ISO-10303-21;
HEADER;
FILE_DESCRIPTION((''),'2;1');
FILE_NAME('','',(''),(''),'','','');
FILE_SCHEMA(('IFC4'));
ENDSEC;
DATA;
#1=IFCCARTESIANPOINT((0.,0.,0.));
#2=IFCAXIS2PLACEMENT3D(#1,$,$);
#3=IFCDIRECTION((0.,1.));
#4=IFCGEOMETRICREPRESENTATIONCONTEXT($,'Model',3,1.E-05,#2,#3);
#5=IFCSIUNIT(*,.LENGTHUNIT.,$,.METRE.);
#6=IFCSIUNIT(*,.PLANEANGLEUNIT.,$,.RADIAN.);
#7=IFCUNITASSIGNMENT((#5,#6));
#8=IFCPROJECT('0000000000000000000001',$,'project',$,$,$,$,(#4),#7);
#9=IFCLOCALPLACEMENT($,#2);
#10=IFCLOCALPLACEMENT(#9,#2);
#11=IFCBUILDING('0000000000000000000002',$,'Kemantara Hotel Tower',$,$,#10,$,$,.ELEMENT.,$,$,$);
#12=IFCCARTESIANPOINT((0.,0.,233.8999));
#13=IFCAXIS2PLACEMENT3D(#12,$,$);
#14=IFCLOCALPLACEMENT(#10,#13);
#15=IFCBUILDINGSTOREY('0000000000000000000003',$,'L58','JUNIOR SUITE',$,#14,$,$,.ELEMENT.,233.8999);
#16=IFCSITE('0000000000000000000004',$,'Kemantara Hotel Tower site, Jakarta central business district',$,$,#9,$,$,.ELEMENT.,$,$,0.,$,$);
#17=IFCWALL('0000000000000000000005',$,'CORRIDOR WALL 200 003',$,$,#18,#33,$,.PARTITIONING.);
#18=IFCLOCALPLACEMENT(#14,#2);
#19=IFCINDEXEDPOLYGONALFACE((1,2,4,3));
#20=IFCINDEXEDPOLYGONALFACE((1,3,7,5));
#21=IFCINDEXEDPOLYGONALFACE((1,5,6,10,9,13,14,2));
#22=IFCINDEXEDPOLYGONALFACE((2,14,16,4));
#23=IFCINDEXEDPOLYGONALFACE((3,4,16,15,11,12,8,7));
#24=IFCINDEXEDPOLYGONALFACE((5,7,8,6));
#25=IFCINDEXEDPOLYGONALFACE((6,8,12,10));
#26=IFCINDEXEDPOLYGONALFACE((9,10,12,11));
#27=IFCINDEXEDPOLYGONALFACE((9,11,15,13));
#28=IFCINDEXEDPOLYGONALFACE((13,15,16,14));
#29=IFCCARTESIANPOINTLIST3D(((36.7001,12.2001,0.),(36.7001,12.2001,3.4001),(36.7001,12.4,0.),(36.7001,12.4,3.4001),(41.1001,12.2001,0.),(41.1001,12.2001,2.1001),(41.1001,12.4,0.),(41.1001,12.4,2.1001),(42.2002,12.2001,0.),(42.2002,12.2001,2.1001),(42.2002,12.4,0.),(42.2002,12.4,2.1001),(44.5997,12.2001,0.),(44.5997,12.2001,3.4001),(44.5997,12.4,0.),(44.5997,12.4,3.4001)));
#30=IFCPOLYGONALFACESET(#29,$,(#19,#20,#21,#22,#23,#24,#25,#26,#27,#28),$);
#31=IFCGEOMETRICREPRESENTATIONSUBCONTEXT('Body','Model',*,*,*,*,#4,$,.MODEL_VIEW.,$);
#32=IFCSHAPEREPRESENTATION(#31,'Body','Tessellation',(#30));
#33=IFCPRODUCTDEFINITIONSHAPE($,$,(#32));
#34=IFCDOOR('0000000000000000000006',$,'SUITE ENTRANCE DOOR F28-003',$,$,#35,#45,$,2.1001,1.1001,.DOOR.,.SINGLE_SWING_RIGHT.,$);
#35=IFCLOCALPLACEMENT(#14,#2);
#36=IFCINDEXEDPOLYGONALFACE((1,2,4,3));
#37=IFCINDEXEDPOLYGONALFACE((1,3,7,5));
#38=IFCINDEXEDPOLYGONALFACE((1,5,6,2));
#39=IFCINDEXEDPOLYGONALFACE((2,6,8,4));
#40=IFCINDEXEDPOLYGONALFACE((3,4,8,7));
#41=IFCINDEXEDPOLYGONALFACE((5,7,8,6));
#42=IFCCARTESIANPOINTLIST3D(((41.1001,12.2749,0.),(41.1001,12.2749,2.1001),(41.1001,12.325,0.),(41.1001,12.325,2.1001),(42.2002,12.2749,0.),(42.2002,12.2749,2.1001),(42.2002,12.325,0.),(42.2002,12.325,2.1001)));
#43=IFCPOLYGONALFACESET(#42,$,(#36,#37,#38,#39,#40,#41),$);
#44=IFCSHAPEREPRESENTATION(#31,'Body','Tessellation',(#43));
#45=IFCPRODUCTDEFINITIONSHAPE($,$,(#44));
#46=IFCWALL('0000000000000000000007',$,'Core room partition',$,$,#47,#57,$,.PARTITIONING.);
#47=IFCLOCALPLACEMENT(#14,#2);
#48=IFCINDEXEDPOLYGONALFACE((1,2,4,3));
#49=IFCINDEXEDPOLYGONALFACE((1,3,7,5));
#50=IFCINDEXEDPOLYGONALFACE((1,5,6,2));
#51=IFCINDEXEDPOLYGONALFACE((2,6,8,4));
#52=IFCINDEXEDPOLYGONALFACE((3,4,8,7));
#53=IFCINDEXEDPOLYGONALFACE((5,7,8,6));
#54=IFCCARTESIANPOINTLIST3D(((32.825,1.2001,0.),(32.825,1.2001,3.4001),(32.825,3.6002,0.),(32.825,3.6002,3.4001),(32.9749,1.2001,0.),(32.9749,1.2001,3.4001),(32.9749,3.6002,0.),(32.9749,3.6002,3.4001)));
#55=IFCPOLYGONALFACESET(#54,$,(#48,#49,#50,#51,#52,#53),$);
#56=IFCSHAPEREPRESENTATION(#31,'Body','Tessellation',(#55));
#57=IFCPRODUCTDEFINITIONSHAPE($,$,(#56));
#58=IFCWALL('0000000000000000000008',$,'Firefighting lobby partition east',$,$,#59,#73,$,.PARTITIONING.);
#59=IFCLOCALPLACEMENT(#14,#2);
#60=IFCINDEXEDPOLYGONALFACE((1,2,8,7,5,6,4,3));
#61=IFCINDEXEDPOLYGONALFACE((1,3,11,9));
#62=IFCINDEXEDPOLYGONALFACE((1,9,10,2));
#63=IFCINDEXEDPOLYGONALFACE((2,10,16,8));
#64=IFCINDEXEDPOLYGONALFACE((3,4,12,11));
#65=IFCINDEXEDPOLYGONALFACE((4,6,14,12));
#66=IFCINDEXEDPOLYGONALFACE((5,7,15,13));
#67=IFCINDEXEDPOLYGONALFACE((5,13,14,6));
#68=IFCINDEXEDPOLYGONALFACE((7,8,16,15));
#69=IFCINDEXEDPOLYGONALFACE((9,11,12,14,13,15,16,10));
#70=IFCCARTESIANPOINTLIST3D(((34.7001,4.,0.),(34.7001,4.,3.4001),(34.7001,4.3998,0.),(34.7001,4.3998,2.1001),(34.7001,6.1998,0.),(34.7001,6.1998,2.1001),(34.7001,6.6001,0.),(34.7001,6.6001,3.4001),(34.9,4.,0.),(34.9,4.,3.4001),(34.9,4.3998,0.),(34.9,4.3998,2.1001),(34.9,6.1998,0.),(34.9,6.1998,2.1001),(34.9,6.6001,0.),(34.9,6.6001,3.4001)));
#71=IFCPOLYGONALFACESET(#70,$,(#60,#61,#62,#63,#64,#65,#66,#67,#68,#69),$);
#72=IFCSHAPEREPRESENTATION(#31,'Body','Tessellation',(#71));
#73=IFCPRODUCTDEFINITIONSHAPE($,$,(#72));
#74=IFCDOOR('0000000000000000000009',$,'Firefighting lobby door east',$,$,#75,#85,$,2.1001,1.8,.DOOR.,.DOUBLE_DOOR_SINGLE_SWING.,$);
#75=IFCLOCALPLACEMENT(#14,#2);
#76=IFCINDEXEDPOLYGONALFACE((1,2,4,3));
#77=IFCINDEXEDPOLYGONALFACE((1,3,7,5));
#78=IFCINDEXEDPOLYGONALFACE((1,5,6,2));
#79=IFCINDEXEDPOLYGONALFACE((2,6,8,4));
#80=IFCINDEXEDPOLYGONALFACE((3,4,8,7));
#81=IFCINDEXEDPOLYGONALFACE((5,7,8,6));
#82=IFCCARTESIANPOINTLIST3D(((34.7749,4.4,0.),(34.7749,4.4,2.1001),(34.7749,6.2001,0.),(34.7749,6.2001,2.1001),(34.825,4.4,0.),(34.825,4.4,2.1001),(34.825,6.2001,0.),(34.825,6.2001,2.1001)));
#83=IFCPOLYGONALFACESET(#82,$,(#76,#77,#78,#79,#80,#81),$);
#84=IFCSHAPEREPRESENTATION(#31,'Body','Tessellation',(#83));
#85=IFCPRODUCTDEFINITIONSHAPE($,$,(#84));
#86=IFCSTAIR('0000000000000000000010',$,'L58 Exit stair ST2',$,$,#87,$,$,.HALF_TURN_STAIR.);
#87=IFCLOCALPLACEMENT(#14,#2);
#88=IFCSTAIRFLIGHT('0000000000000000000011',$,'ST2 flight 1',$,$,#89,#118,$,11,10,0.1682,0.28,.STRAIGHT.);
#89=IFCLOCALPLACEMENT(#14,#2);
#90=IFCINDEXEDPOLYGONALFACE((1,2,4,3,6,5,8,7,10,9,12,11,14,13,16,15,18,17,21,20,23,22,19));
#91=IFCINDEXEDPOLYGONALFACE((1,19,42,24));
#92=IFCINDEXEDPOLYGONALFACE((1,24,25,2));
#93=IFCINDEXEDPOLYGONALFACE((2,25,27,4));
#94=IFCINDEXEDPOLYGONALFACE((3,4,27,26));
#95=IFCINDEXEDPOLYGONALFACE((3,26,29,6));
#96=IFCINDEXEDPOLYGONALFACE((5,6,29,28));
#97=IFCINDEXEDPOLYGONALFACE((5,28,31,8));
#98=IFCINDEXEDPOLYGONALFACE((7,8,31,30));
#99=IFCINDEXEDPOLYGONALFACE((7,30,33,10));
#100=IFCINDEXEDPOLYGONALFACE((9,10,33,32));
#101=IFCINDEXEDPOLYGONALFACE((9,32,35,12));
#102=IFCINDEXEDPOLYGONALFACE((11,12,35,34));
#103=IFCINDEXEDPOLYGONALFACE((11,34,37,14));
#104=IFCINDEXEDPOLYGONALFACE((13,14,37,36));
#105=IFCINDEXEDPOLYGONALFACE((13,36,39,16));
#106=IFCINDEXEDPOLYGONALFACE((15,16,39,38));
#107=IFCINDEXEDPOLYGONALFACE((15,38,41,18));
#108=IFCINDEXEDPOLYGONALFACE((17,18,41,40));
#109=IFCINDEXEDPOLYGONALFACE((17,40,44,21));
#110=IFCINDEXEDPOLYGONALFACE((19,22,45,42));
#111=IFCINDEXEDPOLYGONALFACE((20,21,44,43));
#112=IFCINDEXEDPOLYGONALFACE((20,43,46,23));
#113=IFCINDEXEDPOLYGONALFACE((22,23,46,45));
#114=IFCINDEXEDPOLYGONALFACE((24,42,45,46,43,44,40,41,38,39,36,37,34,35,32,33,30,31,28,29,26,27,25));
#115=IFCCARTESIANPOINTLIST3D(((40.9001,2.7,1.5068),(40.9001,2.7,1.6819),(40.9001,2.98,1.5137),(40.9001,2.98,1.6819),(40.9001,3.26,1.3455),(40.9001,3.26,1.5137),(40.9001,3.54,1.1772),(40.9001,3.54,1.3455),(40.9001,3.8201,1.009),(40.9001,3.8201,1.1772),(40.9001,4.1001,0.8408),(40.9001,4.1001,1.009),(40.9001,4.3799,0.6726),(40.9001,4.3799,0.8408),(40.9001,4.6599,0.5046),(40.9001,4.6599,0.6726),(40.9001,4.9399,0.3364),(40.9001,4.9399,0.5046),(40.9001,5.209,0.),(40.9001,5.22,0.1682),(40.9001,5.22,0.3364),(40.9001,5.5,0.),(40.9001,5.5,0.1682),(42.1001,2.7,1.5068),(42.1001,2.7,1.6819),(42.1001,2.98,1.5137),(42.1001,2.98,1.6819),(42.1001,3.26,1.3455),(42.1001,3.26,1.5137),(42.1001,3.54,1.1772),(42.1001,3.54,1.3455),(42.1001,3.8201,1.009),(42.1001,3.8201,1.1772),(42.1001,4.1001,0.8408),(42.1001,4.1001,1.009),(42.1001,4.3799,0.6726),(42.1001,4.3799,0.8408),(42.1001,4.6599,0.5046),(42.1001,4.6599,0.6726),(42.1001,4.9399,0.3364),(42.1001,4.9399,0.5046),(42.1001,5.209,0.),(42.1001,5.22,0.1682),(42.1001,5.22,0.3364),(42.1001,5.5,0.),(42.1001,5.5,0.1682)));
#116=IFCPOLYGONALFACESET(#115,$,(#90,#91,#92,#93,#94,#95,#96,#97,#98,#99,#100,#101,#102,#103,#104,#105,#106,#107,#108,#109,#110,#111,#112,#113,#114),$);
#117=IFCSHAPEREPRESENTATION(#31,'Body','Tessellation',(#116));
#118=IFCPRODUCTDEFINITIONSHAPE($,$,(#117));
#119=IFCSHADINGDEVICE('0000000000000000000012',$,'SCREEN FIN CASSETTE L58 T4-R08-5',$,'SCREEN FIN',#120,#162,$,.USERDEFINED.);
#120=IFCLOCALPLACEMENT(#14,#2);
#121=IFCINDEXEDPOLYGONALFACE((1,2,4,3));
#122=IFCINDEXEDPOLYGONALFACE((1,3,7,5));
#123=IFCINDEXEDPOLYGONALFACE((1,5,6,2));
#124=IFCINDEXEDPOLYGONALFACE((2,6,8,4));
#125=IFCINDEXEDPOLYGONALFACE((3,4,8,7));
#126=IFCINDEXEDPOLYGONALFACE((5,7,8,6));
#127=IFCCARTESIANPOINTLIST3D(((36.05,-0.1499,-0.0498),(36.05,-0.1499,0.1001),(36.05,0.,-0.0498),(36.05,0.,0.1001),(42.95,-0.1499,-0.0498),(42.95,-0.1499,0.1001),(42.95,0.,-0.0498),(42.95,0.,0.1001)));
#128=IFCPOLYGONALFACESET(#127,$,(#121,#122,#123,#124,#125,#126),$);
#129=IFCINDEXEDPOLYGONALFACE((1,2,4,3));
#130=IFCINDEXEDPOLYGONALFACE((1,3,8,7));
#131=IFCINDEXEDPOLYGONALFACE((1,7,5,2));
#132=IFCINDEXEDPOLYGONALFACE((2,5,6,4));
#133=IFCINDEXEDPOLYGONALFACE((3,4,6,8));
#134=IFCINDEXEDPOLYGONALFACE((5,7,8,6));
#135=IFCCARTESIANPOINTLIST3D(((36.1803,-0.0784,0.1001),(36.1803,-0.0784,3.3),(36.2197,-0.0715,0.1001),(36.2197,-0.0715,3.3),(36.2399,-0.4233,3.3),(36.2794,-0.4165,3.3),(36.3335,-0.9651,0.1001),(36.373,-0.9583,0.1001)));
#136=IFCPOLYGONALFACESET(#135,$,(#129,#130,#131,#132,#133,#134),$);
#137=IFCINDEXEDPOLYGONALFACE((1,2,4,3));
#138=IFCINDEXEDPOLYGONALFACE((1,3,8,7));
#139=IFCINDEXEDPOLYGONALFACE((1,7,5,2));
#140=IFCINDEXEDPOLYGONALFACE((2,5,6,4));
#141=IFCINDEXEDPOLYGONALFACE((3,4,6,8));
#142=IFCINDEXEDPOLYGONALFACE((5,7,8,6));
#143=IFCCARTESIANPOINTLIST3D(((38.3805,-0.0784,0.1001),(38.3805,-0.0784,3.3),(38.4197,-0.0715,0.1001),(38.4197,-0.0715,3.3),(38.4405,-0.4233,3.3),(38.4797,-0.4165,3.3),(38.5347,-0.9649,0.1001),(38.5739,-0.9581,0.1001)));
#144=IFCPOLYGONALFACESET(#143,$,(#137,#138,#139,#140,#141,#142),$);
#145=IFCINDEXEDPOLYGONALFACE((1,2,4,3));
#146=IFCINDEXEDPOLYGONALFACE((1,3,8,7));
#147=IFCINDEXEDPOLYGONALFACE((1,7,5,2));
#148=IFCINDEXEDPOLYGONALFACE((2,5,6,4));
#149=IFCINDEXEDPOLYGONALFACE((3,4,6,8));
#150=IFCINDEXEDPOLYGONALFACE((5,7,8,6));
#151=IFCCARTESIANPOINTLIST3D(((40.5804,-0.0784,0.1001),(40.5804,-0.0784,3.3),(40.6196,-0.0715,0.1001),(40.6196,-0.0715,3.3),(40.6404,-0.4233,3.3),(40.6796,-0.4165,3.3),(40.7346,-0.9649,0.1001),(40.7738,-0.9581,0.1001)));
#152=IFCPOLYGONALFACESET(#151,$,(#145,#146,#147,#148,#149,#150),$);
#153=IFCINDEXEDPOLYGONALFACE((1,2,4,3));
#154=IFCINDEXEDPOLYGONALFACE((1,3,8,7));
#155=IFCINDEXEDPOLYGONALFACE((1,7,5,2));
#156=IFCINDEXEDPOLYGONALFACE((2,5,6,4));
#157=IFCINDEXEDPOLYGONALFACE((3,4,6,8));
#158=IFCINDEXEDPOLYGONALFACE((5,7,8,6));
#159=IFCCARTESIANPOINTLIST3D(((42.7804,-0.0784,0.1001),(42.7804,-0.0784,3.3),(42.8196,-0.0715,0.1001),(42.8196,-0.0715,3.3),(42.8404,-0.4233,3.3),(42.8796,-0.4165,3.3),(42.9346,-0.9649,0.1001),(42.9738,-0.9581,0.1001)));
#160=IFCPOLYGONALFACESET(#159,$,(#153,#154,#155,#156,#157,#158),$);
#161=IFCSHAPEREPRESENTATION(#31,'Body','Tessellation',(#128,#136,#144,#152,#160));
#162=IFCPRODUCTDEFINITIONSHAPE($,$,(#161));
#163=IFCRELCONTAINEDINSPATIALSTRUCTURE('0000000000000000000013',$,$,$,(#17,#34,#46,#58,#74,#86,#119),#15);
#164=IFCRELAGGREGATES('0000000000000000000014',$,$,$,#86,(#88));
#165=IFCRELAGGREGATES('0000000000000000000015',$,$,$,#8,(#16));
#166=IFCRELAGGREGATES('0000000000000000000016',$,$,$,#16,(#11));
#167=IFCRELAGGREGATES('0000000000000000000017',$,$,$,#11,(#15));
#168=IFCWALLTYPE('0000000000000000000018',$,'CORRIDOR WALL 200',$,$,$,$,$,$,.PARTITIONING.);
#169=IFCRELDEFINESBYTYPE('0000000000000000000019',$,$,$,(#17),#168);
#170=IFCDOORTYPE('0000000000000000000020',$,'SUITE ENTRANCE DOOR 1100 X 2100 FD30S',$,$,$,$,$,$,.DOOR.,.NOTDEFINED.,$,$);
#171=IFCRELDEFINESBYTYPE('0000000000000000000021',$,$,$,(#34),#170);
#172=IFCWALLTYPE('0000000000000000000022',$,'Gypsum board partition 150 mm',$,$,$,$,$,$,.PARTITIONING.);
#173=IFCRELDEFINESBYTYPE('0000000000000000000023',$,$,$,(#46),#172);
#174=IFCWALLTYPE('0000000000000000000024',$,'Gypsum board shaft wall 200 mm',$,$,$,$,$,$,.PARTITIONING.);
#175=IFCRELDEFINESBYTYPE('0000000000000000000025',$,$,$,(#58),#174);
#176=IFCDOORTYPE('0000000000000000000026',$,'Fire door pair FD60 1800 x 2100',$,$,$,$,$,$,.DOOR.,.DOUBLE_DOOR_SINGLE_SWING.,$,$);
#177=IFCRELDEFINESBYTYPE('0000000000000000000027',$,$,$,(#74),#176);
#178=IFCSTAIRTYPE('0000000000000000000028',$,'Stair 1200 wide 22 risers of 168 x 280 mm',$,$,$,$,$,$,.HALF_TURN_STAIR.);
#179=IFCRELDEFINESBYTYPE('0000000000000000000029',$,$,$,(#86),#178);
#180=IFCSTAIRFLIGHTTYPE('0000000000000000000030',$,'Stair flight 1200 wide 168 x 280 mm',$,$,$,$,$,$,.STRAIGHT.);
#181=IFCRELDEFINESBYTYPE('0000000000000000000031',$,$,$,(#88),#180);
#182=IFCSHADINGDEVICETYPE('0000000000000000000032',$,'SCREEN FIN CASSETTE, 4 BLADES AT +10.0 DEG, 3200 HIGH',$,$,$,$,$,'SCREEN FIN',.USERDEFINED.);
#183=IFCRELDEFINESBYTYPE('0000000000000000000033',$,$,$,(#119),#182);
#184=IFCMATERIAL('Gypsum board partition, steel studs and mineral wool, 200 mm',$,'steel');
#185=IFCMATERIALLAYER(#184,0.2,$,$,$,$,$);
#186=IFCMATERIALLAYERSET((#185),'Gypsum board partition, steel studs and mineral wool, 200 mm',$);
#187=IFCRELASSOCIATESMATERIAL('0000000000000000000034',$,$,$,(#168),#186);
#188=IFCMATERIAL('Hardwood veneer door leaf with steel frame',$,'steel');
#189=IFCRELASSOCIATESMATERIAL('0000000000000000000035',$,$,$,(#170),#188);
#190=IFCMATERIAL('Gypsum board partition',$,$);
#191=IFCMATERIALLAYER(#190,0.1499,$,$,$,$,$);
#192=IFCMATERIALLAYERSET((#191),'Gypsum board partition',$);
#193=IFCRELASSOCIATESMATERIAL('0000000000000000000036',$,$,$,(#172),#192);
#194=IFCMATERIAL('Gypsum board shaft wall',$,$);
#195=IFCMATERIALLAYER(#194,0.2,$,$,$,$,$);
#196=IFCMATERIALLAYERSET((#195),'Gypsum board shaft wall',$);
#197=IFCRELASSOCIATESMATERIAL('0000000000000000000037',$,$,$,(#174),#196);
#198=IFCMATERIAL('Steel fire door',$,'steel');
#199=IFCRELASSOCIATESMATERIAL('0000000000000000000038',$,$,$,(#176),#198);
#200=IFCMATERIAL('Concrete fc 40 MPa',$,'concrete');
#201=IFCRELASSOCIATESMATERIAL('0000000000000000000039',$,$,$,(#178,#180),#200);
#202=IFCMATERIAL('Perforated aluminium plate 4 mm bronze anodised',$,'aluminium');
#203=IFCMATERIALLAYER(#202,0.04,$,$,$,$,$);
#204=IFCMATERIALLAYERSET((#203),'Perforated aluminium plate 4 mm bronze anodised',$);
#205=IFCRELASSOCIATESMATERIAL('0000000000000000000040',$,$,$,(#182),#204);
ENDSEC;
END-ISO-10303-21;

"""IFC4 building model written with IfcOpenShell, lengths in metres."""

from ifc_helpers import new_model, si_unit, direction, frame, frame_2d, origin, origin_2d, place, context, subcontext, project, spatial, polyline, rectangle, outline, extrude, source, transform, mapped, material, layer, layer_set, type_object, element, fill, aggregate, save


model = new_model("IFC4")

# Units and contexts
model_context = context("Model", 3, precision=1e-05, world=origin(), true_north=direction((0.0, 1.0)))
body_context = subcontext(model_context, "Body", "Model", "MODEL_VIEW")
ifc_project = project(units=[si_unit("LENGTHUNIT", "METRE"), si_unit("PLANEANGLEUNIT", "RADIAN")], contexts=[model_context])

# Site, building, storey
site_placement = place(None, origin())
site = spatial("IfcSite", under=ifc_project, at=site_placement, Name="Kemantara Hotel Tower site, Jakarta central business district", CompositionType="ELEMENT", RefElevation=0.0)
building_placement = place(site_placement, origin())
building = spatial("IfcBuilding", under=site, at=building_placement, Name="Kemantara Hotel Tower", CompositionType="ELEMENT")
storey_placement = place(building_placement, frame((0.0, 0.0, 233.8999)))
storey = spatial("IfcBuildingStorey", under=building, at=storey_placement, Name="L58", Description="JUNIOR SUITE", CompositionType="ELEMENT", Elevation=233.8999)

# Wall, opening, door
ifc_material_1 = material(Name="Steel fire door", Category="steel")
ifc_material_2 = material(Name="Gypsum board partition, steel studs and mineral wool, 200 mm", Category="steel")
ifc_layer_1 = layer(ifc_material_2, 0.2)
ifc_layer_set_1 = layer_set([ifc_layer_1], Name="Gypsum board partition, steel studs and mineral wool, 200 mm")
wall_type_1 = type_object("IfcWallType", Name="CORRIDOR WALL 200", PredefinedType="PARTITIONING", material=ifc_layer_set_1)
ifc_material_3 = material(Name="Hardwood veneer door leaf with steel frame", Category="steel")
wall_1_placement = place(storey_placement, frame((36.7002, 12.3, 0.0), z_axis=(0.0, 0.0, 1.0), x_axis=(1.0, 0.0, 0.0)))
wall_1 = element("IfcWall", 1, at=wall_1_placement, inside=storey, type_object=wall_type_1, Name="CORRIDOR WALL 200 003", PredefinedType="PARTITIONING", context=body_context, shape_type="SweptSolid", body=[
    extrude(rectangle(XDim=7.8997, YDim=0.2, at=frame_2d((3.9497, 0.0))), origin(), (0.0, 0.0, 1.0), 3.4001),
])
opening_1_placement = place(wall_1_placement, frame((4.3999, 0.0, 0.0)))
opening_1 = element("IfcOpeningElement", 2, at=opening_1_placement, cuts=wall_1, PredefinedType="OPENING", context=body_context, shape_type="SweptSolid", body=[
    extrude(rectangle(XDim=1.1001, YDim=2.1001, at=frame_2d((0.55, 1.05))), frame((0.0, 0.1099, 0.0), z_axis=(0.0, -1.0, 0.0), x_axis=(1.0, 0.0, 0.0)), (0.0, 0.0, 1.0), 0.22),
])
door_type_1 = type_object("IfcDoorType", Name="SUITE ENTRANCE DOOR 1100 X 2100 FD30S", OperationType="NOTDEFINED", PredefinedType="DOOR", material=ifc_material_3)
door_1_placement = place(opening_1_placement, origin())
door_1 = element("IfcDoor", 3, at=door_1_placement, inside=storey, type_object=door_type_1, Name="SUITE ENTRANCE DOOR F28-003", OperationType="SINGLE_SWING_RIGHT", OverallHeight=2.1001, OverallWidth=1.1001, PredefinedType="DOOR", context=body_context, shape_type="SweptSolid", body=[
    extrude(rectangle(XDim=1.1001, YDim=2.1001, at=frame_2d((0.55, 1.05))), frame((0.0, 0.0249, 0.0), z_axis=(0.0, -1.0, 0.0), x_axis=(1.0, 0.0, 0.0)), (0.0, 0.0, 1.0), 0.05),
])
fill(opening_1, door_1)

# Wall
ifc_material_4 = material(Name="Gypsum board partition")
ifc_layer_2 = layer(ifc_material_4, 0.1499)
ifc_layer_set_2 = layer_set([ifc_layer_2], Name="Gypsum board partition")
wall_type_2 = type_object("IfcWallType", Name="Gypsum board partition 150 mm", PredefinedType="PARTITIONING", material=ifc_layer_set_2)
wall_2_placement = place(storey_placement, frame((32.8999, 1.2, 0.0), z_axis=(0.0, 0.0, 1.0), x_axis=(0.0, 1.0, 0.0)))
element("IfcWall", 4, at=wall_2_placement, inside=storey, type_object=wall_type_2, Name="Core room partition", PredefinedType="PARTITIONING", context=body_context, shape_type="SweptSolid", body=[
    extrude(rectangle(XDim=2.4001, YDim=0.1499, at=frame_2d((1.2002, 0.0))), origin(), (0.0, 0.0, 1.0), 3.4001),
])

# Wall, opening, door
ifc_material_5 = material(Name="Gypsum board shaft wall")
ifc_layer_3 = layer(ifc_material_5, 0.2)
ifc_layer_set_3 = layer_set([ifc_layer_3], Name="Gypsum board shaft wall")
wall_type_3 = type_object("IfcWallType", Name="Gypsum board shaft wall 200 mm", PredefinedType="PARTITIONING", material=ifc_layer_set_3)
wall_3_placement = place(storey_placement, frame((34.8, 4.0, 0.0), z_axis=(0.0, 0.0, 1.0), x_axis=(0.0, 1.0, 0.0)))
wall_3 = element("IfcWall", 5, at=wall_3_placement, inside=storey, type_object=wall_type_3, Name="Firefighting lobby partition east", PredefinedType="PARTITIONING", context=body_context, shape_type="SweptSolid", body=[
    extrude(rectangle(XDim=2.6001, YDim=0.2, at=frame_2d((1.3, 0.0))), origin(), (0.0, 0.0, 1.0), 3.4001),
])
opening_2_placement = place(wall_3_placement, frame((0.3999, 0.0, 0.0)))
opening_2 = element("IfcOpeningElement", 6, at=opening_2_placement, cuts=wall_3, PredefinedType="OPENING", context=body_context, shape_type="SweptSolid", body=[
    extrude(rectangle(XDim=1.8, YDim=2.1001, at=frame_2d((0.8999, 1.05))), frame((0.0, 0.1099, 0.0), z_axis=(0.0, -1.0, 0.0), x_axis=(1.0, 0.0, 0.0)), (0.0, 0.0, 1.0), 0.22),
])
door_type_2 = type_object("IfcDoorType", Name="Fire door pair FD60 1800 x 2100", OperationType="DOUBLE_DOOR_SINGLE_SWING", PredefinedType="DOOR", material=ifc_material_1)
door_2_placement = place(opening_2_placement, frame((1.8, 0.0, 0.0), z_axis=(0.0, 0.0, 1.0), x_axis=(-1.0, 0.0, 0.0)))
door_2 = element("IfcDoor", 7, at=door_2_placement, inside=storey, type_object=door_type_2, Name="Firefighting lobby door east", OperationType="DOUBLE_DOOR_SINGLE_SWING", OverallHeight=2.1001, OverallWidth=1.8, PredefinedType="DOOR", context=body_context, shape_type="SweptSolid", body=[
    extrude(rectangle(XDim=1.8, YDim=2.1001, at=frame_2d((0.8999, 1.05))), frame((0.0, 0.0249, 0.0), z_axis=(0.0, -1.0, 0.0), x_axis=(1.0, 0.0, 0.0)), (0.0, 0.0, 1.0), 0.05),
])
fill(opening_2, door_2)

# Stair, stair flight
ifc_material_6 = material(Name="Concrete fc 40 MPa", Category="concrete")
stair_type = type_object("IfcStairType", Name="Stair 1200 wide 22 risers of 168 x 280 mm", PredefinedType="HALF_TURN_STAIR", material=ifc_material_6)
stair_placement = place(storey_placement, origin())
stair = element("IfcStair", 8, at=stair_placement, inside=storey, type_object=stair_type, Name="L58 Exit stair ST2", PredefinedType="HALF_TURN_STAIR")
stair_flight_type = type_object("IfcStairFlightType", Name="Stair flight 1200 wide 168 x 280 mm", PredefinedType="STRAIGHT", material=ifc_material_6)
stair_flight_placement = place(storey_placement, frame((41.5, 5.5, 0.0), z_axis=(0.0, 0.0, 1.0), x_axis=(0.0, -1.0, 0.0)))
stair_flight = element("IfcStairFlight", 9, at=stair_flight_placement, type_object=stair_flight_type, Name="ST2 flight 1", NumberOfRisers=11, NumberOfTreads=10, PredefinedType="STRAIGHT", RiserHeight=0.1682, TreadLength=0.28, context=body_context, shape_type="SweptSolid", body=[
    extrude(outline(polyline([(0.0, 0.0), (0.0, 0.1682), (0.28, 0.1682), (0.28, 0.3364), (0.5601, 0.3364), (0.5601, 0.5046), (0.8401, 0.5046), (0.8401, 0.6726), (1.1201, 0.6726), (1.1201, 0.8408), (1.3999, 0.8408), (1.3999, 1.009), (1.6799, 1.009), (1.6799, 1.1772), (1.96, 1.1772), (1.96, 1.3455), (2.24, 1.3455), (2.24, 1.5137), (2.52, 1.5137), (2.52, 1.6819), (2.8, 1.6819), (2.8, 1.8501), (2.8, 1.5068), (0.291, 0.0), (0.0, 0.0)])), frame((0.0, 0.6001, 0.0), z_axis=(0.0, -1.0, 0.0), x_axis=(1.0, 0.0, 0.0)), (0.0, 0.0, 1.0), 1.2),
])
aggregate(stair, [stair_flight])

# Shading device
ifc_material_7 = material(Name="Perforated aluminium plate 4 mm bronze anodised", Category="aluminium")
ifc_layer_4 = layer(ifc_material_7, 0.04)
ifc_layer_set_4 = layer_set([ifc_layer_4], Name="Perforated aluminium plate 4 mm bronze anodised")
shading_device_type = type_object("IfcShadingDeviceType", Name="SCREEN FIN CASSETTE, 4 BLADES AT +10.0 DEG, 3200 HIGH", ElementType="SCREEN FIN", PredefinedType="USERDEFINED", material=ifc_layer_set_4)
shared_shape = source(origin(), body_context, "Body", "SweptSolid", [
    extrude(rectangle(XDim=6.8999, YDim=0.1499, at=origin_2d()), frame((3.3, -0.075, -0.1499), z_axis=(0.0, 0.0, 1.0), x_axis=(1.0, 0.0, 0.0)), (0.0, 0.0, 1.0), 0.1499),
    extrude(outline(polyline([(0.0, 0.0), (0.8999, 0.0), (0.3501, 3.2), (0.0, 3.2), (0.0, 0.0)])), frame((0.0198, -0.0715, 0.0), z_axis=(-0.98539, -0.170314, 0.0), x_axis=(0.170314, -0.98539, 0.0)), (0.0, 0.0, 1.0), 0.04),
    extrude(outline(polyline([(0.0, 0.0), (0.8999, 0.0), (0.3501, 3.2), (0.0, 3.2), (0.0, 0.0)])), frame((2.2197, -0.0715, 0.0), z_axis=(-0.985212, -0.171341, 0.0), x_axis=(0.171341, -0.985212, 0.0)), (0.0, 0.0, 1.0), 0.0398),
    extrude(outline(polyline([(0.0, 0.0), (0.8999, 0.0), (0.3501, 3.2), (0.0, 3.2), (0.0, 0.0)])), frame((4.4197, -0.0715, 0.0), z_axis=(-0.985212, -0.171341, 0.0), x_axis=(0.171341, -0.985212, 0.0)), (0.0, 0.0, 1.0), 0.0398),
    extrude(outline(polyline([(0.0, 0.0), (0.8999, 0.0), (0.3501, 3.2), (0.0, 3.2), (0.0, 0.0)])), frame((6.6196, -0.0715, 0.0), z_axis=(-0.985212, -0.171341, 0.0), x_axis=(0.171341, -0.985212, 0.0)), (0.0, 0.0, 1.0), 0.0398),
])
shading_device_placement = place(storey_placement, frame((36.2, 0.0, 0.1001), z_axis=(0.0, 0.0, 1.0), x_axis=(1.0, 0.0, 0.0)))
element("IfcShadingDevice", 10, at=shading_device_placement, inside=storey, type_object=shading_device_type, Name="SCREEN FIN CASSETTE L58 T4-R08-5", ObjectType="SCREEN FIN", PredefinedType="USERDEFINED", context=body_context, shape_type="MappedRepresentation", body=[
    mapped(shared_shape, transform((0.0, 0.0, 0.0))),
])

save(model, "model.ifc")
